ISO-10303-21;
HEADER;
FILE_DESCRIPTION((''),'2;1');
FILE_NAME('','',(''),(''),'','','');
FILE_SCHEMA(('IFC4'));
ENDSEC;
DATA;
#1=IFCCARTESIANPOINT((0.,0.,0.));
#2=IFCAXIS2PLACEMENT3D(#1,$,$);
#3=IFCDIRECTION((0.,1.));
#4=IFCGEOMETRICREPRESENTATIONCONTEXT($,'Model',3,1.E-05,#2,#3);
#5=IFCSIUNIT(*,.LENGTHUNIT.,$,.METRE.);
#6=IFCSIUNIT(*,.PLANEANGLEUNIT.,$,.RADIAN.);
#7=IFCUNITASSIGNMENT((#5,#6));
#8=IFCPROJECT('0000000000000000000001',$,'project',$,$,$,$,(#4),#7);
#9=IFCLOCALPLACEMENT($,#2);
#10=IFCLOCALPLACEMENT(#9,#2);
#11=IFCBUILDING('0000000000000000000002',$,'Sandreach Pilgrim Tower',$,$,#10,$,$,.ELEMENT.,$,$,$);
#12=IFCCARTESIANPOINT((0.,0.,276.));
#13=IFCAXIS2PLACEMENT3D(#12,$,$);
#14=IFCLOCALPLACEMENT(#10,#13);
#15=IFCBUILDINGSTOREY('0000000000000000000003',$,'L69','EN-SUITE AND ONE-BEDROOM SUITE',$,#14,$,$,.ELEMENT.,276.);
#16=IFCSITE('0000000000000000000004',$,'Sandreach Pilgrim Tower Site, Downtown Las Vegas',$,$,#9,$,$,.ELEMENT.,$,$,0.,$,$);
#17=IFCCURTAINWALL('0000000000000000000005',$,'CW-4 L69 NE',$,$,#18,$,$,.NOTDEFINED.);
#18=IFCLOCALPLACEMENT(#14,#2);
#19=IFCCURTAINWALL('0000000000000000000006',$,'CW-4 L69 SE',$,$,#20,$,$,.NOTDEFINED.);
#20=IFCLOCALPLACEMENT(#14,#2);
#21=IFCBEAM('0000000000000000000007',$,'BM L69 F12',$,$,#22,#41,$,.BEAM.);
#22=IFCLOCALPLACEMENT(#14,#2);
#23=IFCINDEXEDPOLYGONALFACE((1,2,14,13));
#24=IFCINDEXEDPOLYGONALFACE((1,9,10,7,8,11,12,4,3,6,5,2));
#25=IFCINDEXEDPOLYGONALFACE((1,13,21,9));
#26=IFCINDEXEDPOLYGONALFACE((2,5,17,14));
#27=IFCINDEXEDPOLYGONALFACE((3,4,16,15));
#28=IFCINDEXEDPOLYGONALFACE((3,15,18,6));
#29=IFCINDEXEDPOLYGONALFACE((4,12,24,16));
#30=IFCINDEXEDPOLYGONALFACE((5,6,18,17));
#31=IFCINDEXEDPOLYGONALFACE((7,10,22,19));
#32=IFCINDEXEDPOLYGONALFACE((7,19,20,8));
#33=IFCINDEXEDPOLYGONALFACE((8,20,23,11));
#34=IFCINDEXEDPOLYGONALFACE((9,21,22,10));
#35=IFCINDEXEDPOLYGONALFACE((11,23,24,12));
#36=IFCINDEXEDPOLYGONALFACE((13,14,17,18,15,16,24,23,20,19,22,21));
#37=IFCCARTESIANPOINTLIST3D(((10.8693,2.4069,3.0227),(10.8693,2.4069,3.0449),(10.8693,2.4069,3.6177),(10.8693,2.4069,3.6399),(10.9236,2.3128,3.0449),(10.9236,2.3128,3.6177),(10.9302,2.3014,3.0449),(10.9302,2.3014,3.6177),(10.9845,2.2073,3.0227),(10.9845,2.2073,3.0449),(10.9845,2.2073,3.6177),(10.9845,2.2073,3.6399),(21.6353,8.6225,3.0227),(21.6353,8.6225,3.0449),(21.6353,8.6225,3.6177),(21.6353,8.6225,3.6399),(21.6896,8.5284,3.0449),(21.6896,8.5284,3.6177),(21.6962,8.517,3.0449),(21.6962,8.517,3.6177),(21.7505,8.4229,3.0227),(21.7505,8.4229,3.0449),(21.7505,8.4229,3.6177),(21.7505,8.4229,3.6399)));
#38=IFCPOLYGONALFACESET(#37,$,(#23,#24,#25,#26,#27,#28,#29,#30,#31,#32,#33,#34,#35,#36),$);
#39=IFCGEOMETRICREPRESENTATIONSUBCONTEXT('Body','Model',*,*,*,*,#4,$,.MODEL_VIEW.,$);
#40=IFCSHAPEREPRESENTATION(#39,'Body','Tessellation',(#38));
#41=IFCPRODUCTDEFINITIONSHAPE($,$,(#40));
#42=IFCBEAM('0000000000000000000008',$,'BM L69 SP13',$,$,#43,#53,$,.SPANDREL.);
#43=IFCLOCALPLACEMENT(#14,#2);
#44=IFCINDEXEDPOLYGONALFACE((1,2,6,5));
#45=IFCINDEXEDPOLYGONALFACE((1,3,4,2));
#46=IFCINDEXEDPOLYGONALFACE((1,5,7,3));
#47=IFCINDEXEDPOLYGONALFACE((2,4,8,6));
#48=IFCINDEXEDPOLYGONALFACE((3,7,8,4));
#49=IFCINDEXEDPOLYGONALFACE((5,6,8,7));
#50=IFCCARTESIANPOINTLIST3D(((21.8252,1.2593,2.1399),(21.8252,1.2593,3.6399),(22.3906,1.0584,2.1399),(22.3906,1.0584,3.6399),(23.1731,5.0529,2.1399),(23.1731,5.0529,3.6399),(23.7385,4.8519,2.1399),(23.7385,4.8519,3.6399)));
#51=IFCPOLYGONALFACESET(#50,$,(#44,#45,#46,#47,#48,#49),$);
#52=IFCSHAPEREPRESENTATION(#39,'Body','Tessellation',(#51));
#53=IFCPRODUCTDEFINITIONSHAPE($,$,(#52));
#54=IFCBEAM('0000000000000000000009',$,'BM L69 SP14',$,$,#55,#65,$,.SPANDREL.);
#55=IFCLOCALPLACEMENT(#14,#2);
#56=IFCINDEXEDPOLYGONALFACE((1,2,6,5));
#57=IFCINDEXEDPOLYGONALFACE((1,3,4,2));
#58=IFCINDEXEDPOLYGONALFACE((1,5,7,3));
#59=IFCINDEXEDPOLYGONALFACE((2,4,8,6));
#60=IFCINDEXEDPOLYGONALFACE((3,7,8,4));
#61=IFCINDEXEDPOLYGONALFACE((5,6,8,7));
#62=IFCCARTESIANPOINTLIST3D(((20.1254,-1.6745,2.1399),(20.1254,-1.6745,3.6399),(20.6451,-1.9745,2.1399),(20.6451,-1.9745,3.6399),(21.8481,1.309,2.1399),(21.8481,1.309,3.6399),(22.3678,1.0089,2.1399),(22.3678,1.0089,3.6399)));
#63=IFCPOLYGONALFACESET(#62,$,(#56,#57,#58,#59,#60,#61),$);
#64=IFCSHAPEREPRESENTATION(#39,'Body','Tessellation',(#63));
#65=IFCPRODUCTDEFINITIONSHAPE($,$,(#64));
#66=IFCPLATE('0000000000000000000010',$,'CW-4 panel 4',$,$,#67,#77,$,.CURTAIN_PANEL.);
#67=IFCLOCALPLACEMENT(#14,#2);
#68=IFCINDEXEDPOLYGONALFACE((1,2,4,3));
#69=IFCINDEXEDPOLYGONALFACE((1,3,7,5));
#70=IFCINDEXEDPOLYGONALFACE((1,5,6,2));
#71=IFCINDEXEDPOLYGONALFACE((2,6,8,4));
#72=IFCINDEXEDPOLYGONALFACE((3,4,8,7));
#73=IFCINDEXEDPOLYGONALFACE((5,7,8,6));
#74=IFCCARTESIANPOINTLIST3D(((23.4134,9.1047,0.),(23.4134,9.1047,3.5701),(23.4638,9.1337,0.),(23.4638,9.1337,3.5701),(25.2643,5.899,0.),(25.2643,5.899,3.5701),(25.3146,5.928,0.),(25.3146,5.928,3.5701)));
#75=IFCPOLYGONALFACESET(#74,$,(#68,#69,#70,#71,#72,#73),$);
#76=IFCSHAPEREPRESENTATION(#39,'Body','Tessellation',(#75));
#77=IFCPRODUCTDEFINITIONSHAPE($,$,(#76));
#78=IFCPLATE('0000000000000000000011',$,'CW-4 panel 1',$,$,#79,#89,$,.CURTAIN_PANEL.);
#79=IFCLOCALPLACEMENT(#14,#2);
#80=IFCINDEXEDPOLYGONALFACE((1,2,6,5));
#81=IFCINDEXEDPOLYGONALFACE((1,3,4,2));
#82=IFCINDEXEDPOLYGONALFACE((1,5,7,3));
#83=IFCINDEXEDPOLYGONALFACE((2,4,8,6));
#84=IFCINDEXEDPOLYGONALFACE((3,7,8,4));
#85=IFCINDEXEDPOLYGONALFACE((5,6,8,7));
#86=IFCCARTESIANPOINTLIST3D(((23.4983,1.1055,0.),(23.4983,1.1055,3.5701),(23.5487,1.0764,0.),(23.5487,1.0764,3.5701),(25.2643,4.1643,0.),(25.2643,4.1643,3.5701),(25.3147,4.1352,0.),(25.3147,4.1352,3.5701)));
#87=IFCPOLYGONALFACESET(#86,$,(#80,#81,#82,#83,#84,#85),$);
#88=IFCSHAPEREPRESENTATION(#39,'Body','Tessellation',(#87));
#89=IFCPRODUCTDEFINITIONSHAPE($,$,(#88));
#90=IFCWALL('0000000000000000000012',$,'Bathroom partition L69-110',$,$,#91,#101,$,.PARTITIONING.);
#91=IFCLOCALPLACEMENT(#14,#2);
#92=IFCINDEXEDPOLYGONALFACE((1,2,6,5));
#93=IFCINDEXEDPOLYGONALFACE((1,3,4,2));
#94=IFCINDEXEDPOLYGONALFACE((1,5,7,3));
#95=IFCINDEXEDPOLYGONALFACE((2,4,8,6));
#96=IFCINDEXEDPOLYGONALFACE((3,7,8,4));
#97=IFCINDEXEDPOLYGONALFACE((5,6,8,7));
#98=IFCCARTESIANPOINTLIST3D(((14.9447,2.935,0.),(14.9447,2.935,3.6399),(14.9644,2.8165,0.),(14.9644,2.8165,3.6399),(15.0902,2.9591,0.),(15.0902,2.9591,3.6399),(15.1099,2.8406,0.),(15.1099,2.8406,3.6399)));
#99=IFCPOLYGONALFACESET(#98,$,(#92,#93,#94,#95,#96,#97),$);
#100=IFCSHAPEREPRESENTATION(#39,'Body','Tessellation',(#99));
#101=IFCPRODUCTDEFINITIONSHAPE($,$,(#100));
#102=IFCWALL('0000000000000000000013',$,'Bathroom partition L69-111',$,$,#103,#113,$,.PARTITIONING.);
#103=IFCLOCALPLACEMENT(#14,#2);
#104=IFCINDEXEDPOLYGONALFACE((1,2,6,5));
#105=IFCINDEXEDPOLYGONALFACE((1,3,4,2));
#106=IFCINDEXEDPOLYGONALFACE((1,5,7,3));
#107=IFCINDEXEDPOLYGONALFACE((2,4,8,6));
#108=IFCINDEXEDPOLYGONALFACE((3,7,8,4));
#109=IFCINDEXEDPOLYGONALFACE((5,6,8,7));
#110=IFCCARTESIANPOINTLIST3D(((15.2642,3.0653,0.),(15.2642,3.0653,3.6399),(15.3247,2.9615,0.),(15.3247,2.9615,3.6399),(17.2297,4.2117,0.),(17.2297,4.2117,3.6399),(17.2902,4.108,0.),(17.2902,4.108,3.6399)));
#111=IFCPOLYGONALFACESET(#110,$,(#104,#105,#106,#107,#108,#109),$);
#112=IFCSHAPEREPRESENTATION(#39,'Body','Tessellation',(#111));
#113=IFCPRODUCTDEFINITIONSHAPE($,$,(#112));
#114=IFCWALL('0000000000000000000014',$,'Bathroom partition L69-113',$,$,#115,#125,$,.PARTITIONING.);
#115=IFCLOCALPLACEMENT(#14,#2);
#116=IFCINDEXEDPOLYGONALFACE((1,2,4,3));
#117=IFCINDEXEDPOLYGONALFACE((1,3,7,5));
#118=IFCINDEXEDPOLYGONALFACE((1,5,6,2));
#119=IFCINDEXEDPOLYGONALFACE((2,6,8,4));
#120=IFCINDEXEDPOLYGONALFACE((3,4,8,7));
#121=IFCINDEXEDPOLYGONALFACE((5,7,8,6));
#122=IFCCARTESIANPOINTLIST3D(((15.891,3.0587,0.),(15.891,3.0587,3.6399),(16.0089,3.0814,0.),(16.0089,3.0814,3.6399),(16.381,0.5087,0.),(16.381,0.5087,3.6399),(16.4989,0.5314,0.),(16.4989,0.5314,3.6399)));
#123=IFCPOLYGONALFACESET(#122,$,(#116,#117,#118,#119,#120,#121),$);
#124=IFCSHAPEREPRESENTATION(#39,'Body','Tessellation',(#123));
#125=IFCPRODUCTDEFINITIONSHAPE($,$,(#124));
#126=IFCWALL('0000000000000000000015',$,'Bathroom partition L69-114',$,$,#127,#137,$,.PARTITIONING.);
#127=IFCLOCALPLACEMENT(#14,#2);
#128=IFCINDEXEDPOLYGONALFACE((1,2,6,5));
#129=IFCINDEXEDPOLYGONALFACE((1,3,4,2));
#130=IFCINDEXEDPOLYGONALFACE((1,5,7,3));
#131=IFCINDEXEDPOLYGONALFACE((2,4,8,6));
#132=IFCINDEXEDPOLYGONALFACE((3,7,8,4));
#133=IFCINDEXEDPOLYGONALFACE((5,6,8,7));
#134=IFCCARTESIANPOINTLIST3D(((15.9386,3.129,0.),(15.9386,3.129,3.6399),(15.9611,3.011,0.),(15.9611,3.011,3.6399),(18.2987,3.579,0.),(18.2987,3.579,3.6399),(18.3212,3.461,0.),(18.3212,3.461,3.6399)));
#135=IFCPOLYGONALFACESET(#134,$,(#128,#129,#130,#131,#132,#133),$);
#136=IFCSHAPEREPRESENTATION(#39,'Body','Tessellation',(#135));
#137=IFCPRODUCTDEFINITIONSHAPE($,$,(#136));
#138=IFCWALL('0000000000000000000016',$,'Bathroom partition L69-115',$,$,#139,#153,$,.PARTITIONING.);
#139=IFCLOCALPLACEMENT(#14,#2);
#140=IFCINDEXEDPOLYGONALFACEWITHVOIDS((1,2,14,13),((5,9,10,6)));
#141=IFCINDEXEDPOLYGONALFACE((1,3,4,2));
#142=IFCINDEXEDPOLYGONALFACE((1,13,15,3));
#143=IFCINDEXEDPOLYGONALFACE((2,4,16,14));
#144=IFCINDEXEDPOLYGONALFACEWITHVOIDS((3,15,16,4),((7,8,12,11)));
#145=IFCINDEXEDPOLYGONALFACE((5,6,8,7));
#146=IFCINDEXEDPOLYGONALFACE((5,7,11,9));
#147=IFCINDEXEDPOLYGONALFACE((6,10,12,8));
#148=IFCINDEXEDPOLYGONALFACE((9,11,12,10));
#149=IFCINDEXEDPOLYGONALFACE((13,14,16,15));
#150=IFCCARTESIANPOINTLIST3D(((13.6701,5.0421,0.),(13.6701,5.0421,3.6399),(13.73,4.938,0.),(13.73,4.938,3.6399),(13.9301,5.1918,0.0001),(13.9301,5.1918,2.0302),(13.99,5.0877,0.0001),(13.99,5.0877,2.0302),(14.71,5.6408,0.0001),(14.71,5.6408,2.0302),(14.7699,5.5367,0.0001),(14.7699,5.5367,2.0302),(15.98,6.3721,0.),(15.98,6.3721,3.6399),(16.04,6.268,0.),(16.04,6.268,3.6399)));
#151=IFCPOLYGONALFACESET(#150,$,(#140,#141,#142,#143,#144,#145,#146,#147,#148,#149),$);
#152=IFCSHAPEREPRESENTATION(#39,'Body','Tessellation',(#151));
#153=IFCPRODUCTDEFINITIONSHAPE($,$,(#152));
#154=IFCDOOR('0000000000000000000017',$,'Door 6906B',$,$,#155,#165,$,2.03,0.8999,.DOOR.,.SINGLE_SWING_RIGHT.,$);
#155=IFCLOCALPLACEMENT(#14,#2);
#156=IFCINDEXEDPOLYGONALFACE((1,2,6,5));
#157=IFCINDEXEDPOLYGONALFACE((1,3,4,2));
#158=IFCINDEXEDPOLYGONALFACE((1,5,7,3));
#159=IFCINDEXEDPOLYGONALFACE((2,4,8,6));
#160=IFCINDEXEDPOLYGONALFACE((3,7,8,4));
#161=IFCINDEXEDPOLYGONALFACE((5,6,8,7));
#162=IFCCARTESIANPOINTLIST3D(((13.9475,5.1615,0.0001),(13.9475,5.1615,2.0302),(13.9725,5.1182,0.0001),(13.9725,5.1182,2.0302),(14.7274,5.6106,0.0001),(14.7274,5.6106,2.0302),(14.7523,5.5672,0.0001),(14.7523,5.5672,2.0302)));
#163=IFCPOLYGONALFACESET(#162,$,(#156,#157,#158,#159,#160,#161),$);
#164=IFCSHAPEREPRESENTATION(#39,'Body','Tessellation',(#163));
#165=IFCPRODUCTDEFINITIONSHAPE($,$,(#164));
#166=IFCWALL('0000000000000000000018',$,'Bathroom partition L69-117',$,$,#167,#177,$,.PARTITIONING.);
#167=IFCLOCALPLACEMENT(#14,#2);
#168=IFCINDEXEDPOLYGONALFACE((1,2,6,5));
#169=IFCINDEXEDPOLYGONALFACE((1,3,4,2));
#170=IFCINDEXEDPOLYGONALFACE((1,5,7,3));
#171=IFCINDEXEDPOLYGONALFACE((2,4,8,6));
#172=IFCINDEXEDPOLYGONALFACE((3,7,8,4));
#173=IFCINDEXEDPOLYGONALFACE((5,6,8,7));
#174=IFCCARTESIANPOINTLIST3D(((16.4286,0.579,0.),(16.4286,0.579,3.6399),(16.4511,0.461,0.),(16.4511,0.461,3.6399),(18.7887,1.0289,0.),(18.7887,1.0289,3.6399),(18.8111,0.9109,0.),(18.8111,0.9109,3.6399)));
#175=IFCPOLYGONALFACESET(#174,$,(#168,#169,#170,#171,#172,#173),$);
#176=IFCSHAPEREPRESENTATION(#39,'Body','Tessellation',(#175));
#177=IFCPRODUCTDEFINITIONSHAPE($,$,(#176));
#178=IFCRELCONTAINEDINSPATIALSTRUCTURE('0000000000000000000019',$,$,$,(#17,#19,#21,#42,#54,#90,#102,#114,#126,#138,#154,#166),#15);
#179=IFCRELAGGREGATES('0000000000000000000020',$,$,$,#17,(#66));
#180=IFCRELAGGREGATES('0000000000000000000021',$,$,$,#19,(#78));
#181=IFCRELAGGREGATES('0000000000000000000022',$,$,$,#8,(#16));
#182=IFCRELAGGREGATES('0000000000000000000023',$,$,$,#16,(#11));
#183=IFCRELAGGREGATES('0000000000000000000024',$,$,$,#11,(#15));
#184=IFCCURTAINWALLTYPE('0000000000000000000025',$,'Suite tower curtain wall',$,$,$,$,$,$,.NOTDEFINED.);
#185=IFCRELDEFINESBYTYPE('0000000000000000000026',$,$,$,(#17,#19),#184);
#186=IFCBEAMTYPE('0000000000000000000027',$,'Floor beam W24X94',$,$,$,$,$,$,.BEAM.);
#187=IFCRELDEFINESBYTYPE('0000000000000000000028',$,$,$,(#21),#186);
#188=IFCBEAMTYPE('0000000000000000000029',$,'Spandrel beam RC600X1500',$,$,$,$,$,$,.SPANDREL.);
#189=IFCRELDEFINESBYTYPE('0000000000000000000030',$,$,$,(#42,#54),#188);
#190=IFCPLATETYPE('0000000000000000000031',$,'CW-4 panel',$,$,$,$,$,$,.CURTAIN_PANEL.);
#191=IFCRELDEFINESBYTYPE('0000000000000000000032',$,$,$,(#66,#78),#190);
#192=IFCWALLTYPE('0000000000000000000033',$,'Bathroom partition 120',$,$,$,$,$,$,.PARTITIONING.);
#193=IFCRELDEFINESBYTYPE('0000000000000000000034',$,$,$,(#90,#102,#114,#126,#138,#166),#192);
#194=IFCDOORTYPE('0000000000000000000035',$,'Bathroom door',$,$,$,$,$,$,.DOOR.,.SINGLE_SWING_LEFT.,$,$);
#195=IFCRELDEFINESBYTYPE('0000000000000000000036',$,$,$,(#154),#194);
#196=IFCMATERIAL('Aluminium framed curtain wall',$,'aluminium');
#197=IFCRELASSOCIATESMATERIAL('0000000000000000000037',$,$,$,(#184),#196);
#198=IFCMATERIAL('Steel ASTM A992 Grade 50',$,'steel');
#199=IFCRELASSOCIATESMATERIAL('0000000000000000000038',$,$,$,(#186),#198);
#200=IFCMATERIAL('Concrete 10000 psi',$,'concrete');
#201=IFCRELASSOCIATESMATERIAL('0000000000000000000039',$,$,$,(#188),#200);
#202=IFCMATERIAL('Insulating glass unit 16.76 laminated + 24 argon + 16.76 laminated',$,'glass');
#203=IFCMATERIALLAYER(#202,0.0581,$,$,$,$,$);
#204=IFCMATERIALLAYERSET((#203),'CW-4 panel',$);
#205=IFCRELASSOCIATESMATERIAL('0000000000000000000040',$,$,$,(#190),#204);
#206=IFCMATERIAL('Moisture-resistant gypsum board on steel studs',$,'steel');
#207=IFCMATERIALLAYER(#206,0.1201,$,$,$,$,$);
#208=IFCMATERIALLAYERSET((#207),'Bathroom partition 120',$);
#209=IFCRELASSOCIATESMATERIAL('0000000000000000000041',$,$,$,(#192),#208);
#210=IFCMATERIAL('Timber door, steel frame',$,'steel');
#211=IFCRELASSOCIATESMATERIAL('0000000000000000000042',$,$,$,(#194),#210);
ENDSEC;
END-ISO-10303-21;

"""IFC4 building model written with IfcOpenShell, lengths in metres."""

from ifc_helpers import new_model, si_unit, direction, frame, frame_2d, origin, origin_2d, place, context, subcontext, project, spatial, rectangle, i_section, extrude, material, layer, layer_set, material_profile, profile_set, type_object, element, fill, aggregate, save


model = new_model("IFC4")

# Units and contexts
model_context = context("Model", 3, precision=1e-05, world=origin(), true_north=direction((0.0, 1.0)))
body_context = subcontext(model_context, "Body", "Model", "MODEL_VIEW")
ifc_project = project(units=[si_unit("LENGTHUNIT", "METRE"), si_unit("PLANEANGLEUNIT", "RADIAN")], contexts=[model_context])

# Site, building, storey
site_placement = place(None, origin())
site = spatial("IfcSite", under=ifc_project, at=site_placement, Name="Sandreach Pilgrim Tower Site, Downtown Las Vegas", CompositionType="ELEMENT", RefElevation=0.0)
building_placement = place(site_placement, origin())
building = spatial("IfcBuilding", under=site, at=building_placement, Name="Sandreach Pilgrim Tower", CompositionType="ELEMENT")
storey_placement = place(building_placement, frame((0.0, 0.0, 276.0)))
storey = spatial("IfcBuildingStorey", under=building, at=storey_placement, Name="L69", Description="EN-SUITE AND ONE-BEDROOM SUITE", CompositionType="ELEMENT", Elevation=276.0)

# Curtain wall
ifc_material_1 = material(Name="Aluminium framed curtain wall", Category="aluminium")
curtain_wall_type = type_object("IfcCurtainWallType", Name="Suite tower curtain wall", PredefinedType="NOTDEFINED", material=ifc_material_1)
curtain_wall_1_placement = place(storey_placement, origin())
curtain_wall_1 = element("IfcCurtainWall", 1, at=curtain_wall_1_placement, inside=storey, type_object=curtain_wall_type, Name="CW-4 L69 NE", PredefinedType="NOTDEFINED")

# Curtain wall
curtain_wall_2_placement = place(storey_placement, origin())
curtain_wall_2 = element("IfcCurtainWall", 2, at=curtain_wall_2_placement, inside=storey, type_object=curtain_wall_type, Name="CW-4 L69 SE", PredefinedType="NOTDEFINED")

# Beams
ifc_material_2 = material(Name="Steel ASTM A992 Grade 50", Category="steel")
ifc_material_profile_1 = material_profile(ifc_material_2, i_section(OverallWidth=0.2305, OverallDepth=0.6172, WebThickness=0.0132, FlangeThickness=0.0222, at=origin_2d()), Name="W24X94")
ifc_profile_set_1 = profile_set([ifc_material_profile_1], Name="Steel ASTM A992 Grade 50")
beam_type_1 = type_object("IfcBeamType", Name="Floor beam W24X94", PredefinedType="BEAM", material=ifc_profile_set_1)
beam_1_placement = place(storey_placement, frame((21.6929, 8.5227, 3.3313), z_axis=(-0.866029, -0.499994, 0.0), x_axis=(0.499994, -0.866029, 0.0)))
element("IfcBeam", 3, at=beam_1_placement, inside=storey, type_object=beam_type_1, Name="BM L69 F12", PredefinedType="BEAM", context=body_context, shape_type="SweptSolid", body=[
    extrude(i_section(OverallWidth=0.2305, OverallDepth=0.6172, WebThickness=0.0132, FlangeThickness=0.0222, at=origin_2d()), origin(), (0.0, 0.0, 1.0), 12.4314),
])
ifc_material_3 = material(Name="Concrete 10000 psi", Category="concrete")
ifc_material_profile_2 = material_profile(ifc_material_3, rectangle(XDim=0.6001, YDim=1.5, at=origin_2d()), Name="RC600X1500")
ifc_profile_set_2 = profile_set([ifc_material_profile_2], Name="Concrete 10000 psi")
beam_type_2 = type_object("IfcBeamType", Name="Spandrel beam RC600X1500", PredefinedType="SPANDREL", material=ifc_profile_set_2)
beam_2_placement = place(storey_placement, frame((23.4558, 4.9524, 2.8899), z_axis=(-0.334815, -0.942284, 0.0), x_axis=(0.942284, -0.334815, 0.0)))
element("IfcBeam", 4, at=beam_2_placement, inside=storey, type_object=beam_type_2, Name="BM L69 SP13", PredefinedType="SPANDREL", context=body_context, shape_type="SweptSolid", body=[
    extrude(rectangle(XDim=0.6001, YDim=1.5, at=origin_2d()), origin(), (0.0, 0.0, 1.0), 4.0259),
])
beam_3_placement = place(storey_placement, frame((22.1079, 1.1589, 2.8899), z_axis=(-0.500041, -0.866001, 0.0), x_axis=(0.866001, -0.500041, 0.0)))
element("IfcBeam", 5, at=beam_3_placement, inside=storey, type_object=beam_type_2, Name="BM L69 SP14", PredefinedType="SPANDREL", context=body_context, shape_type="SweptSolid", body=[
    extrude(rectangle(XDim=0.6001, YDim=1.5, at=origin_2d()), origin(), (0.0, 0.0, 1.0), 3.4451),
])

# Plates
ifc_material_4 = material(Name="Insulating glass unit 16.76 laminated + 24 argon + 16.76 laminated", Category="glass")
ifc_layer_1 = layer(ifc_material_4, 0.0581)
ifc_layer_set_1 = layer_set([ifc_layer_1], Name="CW-4 panel")
plate_type = type_object("IfcPlateType", Name="CW-4 panel", PredefinedType="CURTAIN_PANEL", material=ifc_layer_set_1)
plate_1_placement = place(storey_placement, frame((24.364, 7.5164, 0.0), z_axis=(0.0, 0.0, 1.0), x_axis=(0.5, -0.866025, 0.0)))
plate_1 = element("IfcPlate", 6, at=plate_1_placement, type_object=plate_type, Name="CW-4 panel 4", PredefinedType="CURTAIN_PANEL", context=body_context, shape_type="SweptSolid", body=[
    extrude(rectangle(XDim=3.7017, YDim=0.0581, at=origin_2d()), origin(), (0.0, 0.0, 1.0), 3.5701),
])
aggregate(curtain_wall_1, [plate_1])
plate_2_placement = place(storey_placement, frame((24.4065, 2.6204, 0.0), z_axis=(0.0, 0.0, 1.0), x_axis=(-0.5, -0.866025, 0.0)))
plate_2 = element("IfcPlate", 7, at=plate_2_placement, type_object=plate_type, Name="CW-4 panel 1", PredefinedType="CURTAIN_PANEL", context=body_context, shape_type="SweptSolid", body=[
    extrude(rectangle(XDim=3.532, YDim=0.0581, at=origin_2d()), origin(), (0.0, 0.0, 1.0), 3.5701),
])
aggregate(curtain_wall_2, [plate_2])

# Walls
ifc_material_5 = material(Name="Moisture-resistant gypsum board on steel studs", Category="steel")
ifc_layer_2 = layer(ifc_material_5, 0.1201)
ifc_layer_set_2 = layer_set([ifc_layer_2], Name="Bathroom partition 120")
wall_type_1 = type_object("IfcWallType", Name="Bathroom partition 120", PredefinedType="PARTITIONING", material=ifc_layer_set_2)
wall_1_placement = place(storey_placement, frame((14.9546, 2.8757, 0.0), z_axis=(0.0, 0.0, 1.0), x_axis=(0.986483, 0.163862, 0.0)))
element("IfcWall", 8, at=wall_1_placement, inside=storey, type_object=wall_type_1, Name="Bathroom partition L69-110", PredefinedType="PARTITIONING", context=body_context, shape_type="SweptSolid", body=[
    extrude(rectangle(XDim=0.1475, YDim=0.1201, at=frame_2d((0.0737, 0.0))), origin(), (0.0, 0.0, 1.0), 3.6399),
])
wall_2_placement = place(storey_placement, frame((15.2944, 3.0134, 0.0), z_axis=(0.0, 0.0, 1.0), x_axis=(0.863798, 0.503838, 0.0)))
element("IfcWall", 9, at=wall_2_placement, inside=storey, type_object=wall_type_1, Name="Bathroom partition L69-111", PredefinedType="PARTITIONING", context=body_context, shape_type="SweptSolid", body=[
    extrude(rectangle(XDim=2.2754, YDim=0.1201, at=frame_2d((1.1377, 0.0))), origin(), (0.0, 0.0, 1.0), 3.6399),
])
wall_3_placement = place(storey_placement, frame((15.95, 3.0701, 0.0), z_axis=(0.0, 0.0, 1.0), x_axis=(0.188697, -0.982035, 0.0)))
element("IfcWall", 10, at=wall_3_placement, inside=storey, type_object=wall_type_1, Name="Bathroom partition L69-113", PredefinedType="PARTITIONING", context=body_context, shape_type="SweptSolid", body=[
    extrude(rectangle(XDim=2.5967, YDim=0.1201, at=frame_2d((1.2983, 0.0))), origin(), (0.0, 0.0, 1.0), 3.6399),
])
wall_4_placement = place(storey_placement, frame((15.95, 3.0701, 0.0), z_axis=(0.0, 0.0, 1.0), x_axis=(0.982307, 0.187276, 0.0)))
element("IfcWall", 11, at=wall_4_placement, inside=storey, type_object=wall_type_1, Name="Bathroom partition L69-114", PredefinedType="PARTITIONING", context=body_context, shape_type="SweptSolid", body=[
    extrude(rectangle(XDim=2.4026, YDim=0.1201, at=frame_2d((1.2012, 0.0))), origin(), (0.0, 0.0, 1.0), 3.6399),
])

# Wall, opening, door
wall_5_placement = place(storey_placement, frame((16.01, 6.3201, 0.0), z_axis=(0.0, 0.0, 1.0), x_axis=(-0.866615, -0.498977, 0.0)))
wall_5 = element("IfcWall", 12, at=wall_5_placement, inside=storey, type_object=wall_type_1, Name="Bathroom partition L69-115", PredefinedType="PARTITIONING", context=body_context, shape_type="SweptSolid", body=[
    extrude(rectangle(XDim=2.6655, YDim=0.1201, at=frame_2d((1.3328, 0.0))), origin(), (0.0, 0.0, 1.0), 3.6399),
])
opening_1_placement = place(wall_5_placement, frame((1.4656, 0.0, 0.0)))
opening_1 = element("IfcOpeningElement", 13, at=opening_1_placement, cuts=wall_5, PredefinedType="OPENING", context=body_context, shape_type="SweptSolid", body=[
    extrude(rectangle(XDim=0.8999, YDim=2.03, at=frame_2d((0.45, 1.0151))), frame((0.0, 0.0601, 0.0), z_axis=(0.0, -1.0, 0.0), x_axis=(1.0, 0.0, 0.0)), (0.0, 0.0, 1.0), 0.1201),
])
ifc_material_6 = material(Name="Timber door, steel frame", Category="steel")
door_type_1 = type_object("IfcDoorType", Name="Bathroom door", OperationType="SINGLE_SWING_LEFT", PredefinedType="DOOR", material=ifc_material_6)
door_1_placement = place(opening_1_placement, origin())
door_1 = element("IfcDoor", 14, at=door_1_placement, inside=storey, type_object=door_type_1, Name="Door 6906B", OperationType="SINGLE_SWING_RIGHT", OverallHeight=2.03, OverallWidth=0.8999, PredefinedType="DOOR", context=body_context, shape_type="SweptSolid", body=[
    extrude(rectangle(XDim=0.8999, YDim=2.03, at=frame_2d((0.45, 1.0151))), frame((0.0, 0.0249, 0.0), z_axis=(0.0, -1.0, 0.0), x_axis=(1.0, 0.0, 0.0)), (0.0, 0.0, 1.0), 0.05),
])
fill(opening_1, door_1)

# Wall
wall_6_placement = place(storey_placement, frame((16.4399, 0.52, 0.0), z_axis=(0.0, 0.0, 1.0), x_axis=(0.982307, 0.187276, 0.0)))
element("IfcWall", 15, at=wall_6_placement, inside=storey, type_object=wall_type_1, Name="Bathroom partition L69-117", PredefinedType="PARTITIONING", context=body_context, shape_type="SweptSolid", body=[
    extrude(rectangle(XDim=2.4026, YDim=0.1201, at=frame_2d((1.2012, 0.0))), origin(), (0.0, 0.0, 1.0), 3.6399),
])

save(model, "model.ifc")
